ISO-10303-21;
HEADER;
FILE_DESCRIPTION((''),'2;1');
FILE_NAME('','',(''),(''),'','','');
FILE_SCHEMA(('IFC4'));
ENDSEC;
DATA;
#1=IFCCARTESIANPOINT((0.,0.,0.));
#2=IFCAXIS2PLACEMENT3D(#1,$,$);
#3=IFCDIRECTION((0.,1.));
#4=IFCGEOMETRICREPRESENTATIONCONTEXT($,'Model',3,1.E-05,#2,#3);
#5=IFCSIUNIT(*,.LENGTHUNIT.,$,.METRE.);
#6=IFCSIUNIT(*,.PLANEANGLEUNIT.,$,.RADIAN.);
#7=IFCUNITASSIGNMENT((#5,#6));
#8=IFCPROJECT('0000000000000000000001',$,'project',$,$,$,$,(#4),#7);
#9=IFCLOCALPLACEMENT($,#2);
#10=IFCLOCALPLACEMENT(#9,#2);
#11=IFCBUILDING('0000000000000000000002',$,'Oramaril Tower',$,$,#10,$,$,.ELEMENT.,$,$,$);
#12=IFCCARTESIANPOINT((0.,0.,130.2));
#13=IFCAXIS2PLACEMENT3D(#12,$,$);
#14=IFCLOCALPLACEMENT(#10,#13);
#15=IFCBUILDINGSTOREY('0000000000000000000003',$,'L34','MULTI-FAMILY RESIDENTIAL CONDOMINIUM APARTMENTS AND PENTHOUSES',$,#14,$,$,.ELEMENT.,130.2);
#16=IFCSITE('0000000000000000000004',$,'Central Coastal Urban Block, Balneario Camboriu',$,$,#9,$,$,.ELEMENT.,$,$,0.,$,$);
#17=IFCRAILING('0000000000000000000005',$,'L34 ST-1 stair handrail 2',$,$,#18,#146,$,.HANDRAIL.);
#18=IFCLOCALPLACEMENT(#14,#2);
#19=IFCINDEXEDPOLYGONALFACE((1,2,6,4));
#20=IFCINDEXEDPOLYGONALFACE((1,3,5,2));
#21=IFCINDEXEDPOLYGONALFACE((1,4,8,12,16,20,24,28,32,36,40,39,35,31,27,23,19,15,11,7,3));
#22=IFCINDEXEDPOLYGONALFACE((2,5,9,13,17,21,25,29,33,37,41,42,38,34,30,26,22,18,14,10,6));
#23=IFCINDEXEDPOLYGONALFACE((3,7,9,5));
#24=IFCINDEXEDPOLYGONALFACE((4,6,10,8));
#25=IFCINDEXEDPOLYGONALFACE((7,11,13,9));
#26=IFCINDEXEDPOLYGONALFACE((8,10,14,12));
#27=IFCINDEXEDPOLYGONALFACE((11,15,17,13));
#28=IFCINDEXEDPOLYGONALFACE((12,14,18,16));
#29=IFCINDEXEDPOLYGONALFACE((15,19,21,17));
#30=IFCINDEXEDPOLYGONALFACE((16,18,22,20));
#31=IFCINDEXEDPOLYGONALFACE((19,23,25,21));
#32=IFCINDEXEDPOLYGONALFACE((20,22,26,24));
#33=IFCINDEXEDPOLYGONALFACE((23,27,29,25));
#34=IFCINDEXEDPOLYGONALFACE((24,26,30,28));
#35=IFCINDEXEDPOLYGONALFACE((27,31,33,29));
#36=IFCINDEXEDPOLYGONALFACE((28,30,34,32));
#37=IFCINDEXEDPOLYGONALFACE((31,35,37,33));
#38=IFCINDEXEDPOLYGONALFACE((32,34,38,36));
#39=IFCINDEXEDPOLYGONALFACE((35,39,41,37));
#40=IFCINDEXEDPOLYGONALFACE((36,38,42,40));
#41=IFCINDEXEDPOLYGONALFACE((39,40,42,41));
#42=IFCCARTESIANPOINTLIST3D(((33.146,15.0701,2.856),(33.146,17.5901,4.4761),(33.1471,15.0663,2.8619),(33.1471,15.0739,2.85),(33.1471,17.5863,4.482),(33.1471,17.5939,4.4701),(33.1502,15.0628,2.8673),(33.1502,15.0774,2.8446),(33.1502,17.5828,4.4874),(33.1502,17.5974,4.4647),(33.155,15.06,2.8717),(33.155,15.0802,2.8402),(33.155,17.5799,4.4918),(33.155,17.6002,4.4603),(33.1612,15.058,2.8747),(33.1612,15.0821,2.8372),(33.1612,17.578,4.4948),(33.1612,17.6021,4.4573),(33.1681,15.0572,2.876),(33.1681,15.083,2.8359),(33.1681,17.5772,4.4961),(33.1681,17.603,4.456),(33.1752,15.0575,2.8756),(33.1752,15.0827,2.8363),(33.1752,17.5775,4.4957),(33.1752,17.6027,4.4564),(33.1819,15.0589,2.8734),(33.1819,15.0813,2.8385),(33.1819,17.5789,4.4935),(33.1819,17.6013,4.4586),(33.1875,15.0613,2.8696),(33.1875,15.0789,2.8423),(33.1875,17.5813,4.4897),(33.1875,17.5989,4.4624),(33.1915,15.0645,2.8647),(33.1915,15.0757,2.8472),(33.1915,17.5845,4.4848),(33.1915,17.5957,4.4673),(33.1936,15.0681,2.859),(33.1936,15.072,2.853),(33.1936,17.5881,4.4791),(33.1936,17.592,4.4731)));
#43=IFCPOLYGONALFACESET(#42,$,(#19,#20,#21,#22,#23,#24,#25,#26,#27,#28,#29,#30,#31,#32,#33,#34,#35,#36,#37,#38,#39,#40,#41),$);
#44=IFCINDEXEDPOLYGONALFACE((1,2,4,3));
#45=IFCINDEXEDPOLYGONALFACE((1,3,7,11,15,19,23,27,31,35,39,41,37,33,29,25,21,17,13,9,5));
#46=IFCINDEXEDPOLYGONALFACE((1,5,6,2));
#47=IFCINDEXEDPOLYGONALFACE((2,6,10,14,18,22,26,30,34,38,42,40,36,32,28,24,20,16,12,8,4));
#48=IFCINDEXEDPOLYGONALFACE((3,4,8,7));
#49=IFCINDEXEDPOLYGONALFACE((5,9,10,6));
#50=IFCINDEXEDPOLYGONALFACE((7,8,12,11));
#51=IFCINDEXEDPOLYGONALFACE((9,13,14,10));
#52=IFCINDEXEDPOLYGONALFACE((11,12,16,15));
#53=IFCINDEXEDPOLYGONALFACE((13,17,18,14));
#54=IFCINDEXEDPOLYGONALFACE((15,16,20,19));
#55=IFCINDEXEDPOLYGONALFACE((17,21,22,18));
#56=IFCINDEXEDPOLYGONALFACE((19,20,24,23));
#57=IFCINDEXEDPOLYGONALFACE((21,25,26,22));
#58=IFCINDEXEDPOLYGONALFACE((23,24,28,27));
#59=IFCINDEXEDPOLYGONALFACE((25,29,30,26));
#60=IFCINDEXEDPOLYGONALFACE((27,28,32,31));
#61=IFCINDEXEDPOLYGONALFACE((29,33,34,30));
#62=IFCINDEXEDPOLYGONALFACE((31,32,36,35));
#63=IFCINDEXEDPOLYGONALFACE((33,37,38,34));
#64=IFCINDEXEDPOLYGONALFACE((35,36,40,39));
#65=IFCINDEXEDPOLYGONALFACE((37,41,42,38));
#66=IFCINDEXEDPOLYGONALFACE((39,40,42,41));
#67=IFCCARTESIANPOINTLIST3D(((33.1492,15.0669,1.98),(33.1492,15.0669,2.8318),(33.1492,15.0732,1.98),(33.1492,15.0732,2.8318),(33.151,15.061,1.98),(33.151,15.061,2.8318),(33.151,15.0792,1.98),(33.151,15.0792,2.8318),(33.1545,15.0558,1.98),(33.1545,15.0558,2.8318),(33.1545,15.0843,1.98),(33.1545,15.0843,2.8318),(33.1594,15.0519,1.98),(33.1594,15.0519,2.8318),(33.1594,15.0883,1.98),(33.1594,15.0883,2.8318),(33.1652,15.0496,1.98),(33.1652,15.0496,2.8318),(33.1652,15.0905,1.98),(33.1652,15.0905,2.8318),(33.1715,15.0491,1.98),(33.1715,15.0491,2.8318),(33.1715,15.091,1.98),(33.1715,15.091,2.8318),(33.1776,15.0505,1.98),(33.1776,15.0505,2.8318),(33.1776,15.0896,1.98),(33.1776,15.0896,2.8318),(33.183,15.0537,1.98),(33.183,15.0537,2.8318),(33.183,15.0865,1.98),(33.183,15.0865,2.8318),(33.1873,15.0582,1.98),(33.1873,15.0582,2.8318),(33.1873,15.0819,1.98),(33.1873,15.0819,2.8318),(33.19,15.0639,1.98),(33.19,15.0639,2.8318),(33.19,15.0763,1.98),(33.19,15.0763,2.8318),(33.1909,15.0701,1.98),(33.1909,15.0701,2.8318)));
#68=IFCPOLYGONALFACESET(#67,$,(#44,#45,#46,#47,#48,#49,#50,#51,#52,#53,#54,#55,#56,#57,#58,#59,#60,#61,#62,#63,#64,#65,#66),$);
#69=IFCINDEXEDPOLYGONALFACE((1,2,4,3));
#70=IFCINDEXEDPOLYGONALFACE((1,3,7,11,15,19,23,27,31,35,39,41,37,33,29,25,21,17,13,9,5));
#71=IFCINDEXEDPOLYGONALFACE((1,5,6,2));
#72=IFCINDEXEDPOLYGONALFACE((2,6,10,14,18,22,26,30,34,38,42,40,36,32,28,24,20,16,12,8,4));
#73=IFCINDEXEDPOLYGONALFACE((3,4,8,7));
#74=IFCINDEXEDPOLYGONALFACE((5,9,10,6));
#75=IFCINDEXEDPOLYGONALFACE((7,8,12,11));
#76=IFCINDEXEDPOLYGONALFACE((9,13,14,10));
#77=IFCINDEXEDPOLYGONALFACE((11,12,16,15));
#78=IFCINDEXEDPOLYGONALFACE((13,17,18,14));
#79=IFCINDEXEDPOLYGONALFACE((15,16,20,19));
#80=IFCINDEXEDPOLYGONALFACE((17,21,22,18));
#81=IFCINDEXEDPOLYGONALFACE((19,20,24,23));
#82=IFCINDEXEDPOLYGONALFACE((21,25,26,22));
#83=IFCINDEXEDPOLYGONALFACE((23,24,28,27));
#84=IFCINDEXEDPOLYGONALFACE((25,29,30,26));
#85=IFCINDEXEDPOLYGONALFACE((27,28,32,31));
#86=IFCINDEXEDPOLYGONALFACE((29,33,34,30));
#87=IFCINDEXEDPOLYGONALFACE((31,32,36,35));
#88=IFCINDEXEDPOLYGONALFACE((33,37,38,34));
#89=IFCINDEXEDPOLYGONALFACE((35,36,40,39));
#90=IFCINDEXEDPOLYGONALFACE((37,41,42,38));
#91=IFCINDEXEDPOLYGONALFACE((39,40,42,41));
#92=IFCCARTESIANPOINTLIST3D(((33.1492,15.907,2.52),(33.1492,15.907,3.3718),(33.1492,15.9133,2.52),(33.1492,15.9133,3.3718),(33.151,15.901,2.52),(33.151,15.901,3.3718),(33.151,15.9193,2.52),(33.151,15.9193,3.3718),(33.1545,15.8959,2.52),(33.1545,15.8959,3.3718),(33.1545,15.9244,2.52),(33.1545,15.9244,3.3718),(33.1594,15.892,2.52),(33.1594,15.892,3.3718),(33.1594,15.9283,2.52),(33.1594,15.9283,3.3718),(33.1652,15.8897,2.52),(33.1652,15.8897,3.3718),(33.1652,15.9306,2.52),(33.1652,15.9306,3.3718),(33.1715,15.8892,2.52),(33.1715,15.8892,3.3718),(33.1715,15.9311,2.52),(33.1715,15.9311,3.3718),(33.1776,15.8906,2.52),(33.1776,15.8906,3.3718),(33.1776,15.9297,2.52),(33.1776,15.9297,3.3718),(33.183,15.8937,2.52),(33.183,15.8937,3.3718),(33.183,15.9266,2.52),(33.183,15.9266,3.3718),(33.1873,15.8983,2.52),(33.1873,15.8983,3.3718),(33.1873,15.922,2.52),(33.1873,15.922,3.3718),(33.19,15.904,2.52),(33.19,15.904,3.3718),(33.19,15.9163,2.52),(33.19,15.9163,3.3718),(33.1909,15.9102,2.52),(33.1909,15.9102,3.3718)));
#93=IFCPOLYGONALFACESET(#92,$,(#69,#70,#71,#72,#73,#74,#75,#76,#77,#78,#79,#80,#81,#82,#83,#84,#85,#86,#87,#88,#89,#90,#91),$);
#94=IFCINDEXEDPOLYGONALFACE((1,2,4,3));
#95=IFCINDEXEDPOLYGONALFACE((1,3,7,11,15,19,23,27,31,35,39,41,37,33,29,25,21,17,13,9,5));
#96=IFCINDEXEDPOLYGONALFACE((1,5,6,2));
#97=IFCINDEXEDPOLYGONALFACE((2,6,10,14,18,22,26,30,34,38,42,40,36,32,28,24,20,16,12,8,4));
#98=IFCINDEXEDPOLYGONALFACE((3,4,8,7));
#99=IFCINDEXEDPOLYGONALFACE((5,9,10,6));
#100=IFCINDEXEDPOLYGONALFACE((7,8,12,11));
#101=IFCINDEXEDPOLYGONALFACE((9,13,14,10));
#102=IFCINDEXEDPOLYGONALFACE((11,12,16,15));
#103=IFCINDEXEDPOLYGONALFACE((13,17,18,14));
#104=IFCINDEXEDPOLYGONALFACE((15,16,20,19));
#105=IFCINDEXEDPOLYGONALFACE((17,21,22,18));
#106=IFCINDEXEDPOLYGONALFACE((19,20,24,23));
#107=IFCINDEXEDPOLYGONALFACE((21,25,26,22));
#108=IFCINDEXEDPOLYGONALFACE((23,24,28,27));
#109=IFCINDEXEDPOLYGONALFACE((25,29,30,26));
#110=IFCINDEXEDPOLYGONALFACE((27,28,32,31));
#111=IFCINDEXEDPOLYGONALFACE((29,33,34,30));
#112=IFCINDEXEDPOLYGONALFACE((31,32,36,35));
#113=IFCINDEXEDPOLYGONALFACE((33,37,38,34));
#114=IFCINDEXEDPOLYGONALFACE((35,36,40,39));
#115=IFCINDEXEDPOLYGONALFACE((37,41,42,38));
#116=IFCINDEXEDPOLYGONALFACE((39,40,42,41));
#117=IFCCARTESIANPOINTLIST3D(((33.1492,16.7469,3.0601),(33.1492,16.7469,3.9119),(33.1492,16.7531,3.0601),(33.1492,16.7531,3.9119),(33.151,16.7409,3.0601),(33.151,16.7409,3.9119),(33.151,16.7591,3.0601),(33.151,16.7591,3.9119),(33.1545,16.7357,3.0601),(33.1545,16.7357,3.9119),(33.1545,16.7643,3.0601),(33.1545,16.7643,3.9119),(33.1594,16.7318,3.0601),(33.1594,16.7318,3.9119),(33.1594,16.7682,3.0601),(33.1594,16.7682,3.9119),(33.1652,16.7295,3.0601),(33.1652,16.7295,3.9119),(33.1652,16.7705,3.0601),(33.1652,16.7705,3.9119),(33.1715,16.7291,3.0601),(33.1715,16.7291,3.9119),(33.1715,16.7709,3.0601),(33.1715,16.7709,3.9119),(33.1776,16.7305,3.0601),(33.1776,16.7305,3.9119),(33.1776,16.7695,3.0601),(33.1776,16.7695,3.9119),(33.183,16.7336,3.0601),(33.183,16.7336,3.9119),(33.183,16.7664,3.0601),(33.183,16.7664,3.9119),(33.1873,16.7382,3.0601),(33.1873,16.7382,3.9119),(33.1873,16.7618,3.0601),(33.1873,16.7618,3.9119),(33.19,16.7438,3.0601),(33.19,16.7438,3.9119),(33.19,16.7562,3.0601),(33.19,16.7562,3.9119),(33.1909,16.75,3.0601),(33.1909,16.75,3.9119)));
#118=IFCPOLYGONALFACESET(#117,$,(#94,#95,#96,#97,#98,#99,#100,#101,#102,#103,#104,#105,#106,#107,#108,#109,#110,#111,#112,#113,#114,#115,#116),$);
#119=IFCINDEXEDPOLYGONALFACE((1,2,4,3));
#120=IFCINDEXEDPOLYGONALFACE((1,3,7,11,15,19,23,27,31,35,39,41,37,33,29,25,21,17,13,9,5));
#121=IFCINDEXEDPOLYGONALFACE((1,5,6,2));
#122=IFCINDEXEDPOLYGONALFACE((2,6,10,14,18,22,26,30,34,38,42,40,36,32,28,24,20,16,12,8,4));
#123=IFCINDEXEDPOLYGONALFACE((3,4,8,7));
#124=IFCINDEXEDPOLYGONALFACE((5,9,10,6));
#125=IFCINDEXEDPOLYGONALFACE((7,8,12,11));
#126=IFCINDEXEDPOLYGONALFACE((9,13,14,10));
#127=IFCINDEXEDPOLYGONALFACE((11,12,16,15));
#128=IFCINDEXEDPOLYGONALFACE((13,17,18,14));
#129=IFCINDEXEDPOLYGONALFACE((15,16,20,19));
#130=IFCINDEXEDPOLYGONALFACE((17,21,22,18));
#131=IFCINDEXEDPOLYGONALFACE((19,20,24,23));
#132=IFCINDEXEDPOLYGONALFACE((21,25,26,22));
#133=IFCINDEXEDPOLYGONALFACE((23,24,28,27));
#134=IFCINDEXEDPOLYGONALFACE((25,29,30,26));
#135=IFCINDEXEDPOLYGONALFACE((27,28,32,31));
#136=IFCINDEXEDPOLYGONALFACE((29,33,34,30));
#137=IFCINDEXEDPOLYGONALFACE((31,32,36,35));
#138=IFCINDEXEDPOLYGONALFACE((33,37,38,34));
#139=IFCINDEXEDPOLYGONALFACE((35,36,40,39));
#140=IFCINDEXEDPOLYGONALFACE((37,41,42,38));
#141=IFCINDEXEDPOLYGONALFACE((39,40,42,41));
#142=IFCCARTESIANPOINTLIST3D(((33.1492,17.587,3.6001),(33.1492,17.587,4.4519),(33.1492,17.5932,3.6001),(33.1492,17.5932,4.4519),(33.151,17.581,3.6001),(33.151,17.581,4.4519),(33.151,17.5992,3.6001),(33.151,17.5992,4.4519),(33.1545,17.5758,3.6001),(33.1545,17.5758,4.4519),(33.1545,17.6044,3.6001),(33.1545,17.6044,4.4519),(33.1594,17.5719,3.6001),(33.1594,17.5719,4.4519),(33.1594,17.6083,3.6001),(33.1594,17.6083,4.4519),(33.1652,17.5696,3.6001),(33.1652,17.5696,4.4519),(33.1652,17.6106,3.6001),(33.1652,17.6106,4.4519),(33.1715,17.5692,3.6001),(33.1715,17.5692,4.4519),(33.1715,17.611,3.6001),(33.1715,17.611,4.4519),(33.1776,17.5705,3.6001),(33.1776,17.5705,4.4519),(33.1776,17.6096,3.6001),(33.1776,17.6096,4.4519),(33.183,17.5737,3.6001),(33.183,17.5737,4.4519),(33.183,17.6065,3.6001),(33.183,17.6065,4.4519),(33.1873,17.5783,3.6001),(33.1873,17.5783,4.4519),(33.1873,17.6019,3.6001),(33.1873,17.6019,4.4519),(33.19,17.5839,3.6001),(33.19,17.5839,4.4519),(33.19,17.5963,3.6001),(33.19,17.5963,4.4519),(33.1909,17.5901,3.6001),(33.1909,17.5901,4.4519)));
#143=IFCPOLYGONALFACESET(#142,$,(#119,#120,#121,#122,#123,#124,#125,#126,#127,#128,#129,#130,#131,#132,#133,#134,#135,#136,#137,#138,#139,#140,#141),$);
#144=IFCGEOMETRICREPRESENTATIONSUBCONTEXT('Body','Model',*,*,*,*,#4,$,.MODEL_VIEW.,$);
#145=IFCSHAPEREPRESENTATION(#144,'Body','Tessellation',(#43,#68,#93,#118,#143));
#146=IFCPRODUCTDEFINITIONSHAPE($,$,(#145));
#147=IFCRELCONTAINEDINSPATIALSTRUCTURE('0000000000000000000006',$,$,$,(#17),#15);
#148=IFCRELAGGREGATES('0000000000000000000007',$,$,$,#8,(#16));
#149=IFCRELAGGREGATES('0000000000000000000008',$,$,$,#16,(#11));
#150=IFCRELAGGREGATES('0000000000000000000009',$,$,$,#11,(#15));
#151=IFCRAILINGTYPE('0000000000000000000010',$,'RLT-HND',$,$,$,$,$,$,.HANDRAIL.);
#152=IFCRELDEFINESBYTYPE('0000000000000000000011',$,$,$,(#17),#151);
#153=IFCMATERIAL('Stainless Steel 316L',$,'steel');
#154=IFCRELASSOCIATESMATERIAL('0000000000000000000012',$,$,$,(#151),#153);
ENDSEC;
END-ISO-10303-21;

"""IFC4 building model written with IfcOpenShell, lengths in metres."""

from ifc_helpers import new_model, si_unit, direction, frame, origin, origin_2d, place, context, subcontext, project, spatial, circle, extrude, material, type_object, element, save


model = new_model("IFC4")

# Units and contexts
model_context = context("Model", 3, precision=1e-05, world=origin(), true_north=direction((0.0, 1.0)))
body_context = subcontext(model_context, "Body", "Model", "MODEL_VIEW")
ifc_project = project(units=[si_unit("LENGTHUNIT", "METRE"), si_unit("PLANEANGLEUNIT", "RADIAN")], contexts=[model_context])

# Site, building, storey
site_placement = place(None, origin())
site = spatial("IfcSite", under=ifc_project, at=site_placement, Name="Central Coastal Urban Block, Balneario Camboriu", CompositionType="ELEMENT", RefElevation=0.0)
building_placement = place(site_placement, origin())
building = spatial("IfcBuilding", under=site, at=building_placement, Name="Oramaril Tower", CompositionType="ELEMENT")
storey_placement = place(building_placement, frame((0.0, 0.0, 130.2)))
storey = spatial("IfcBuildingStorey", under=building, at=storey_placement, Name="L34", Description="MULTI-FAMILY RESIDENTIAL CONDOMINIUM APARTMENTS AND PENTHOUSES", CompositionType="ELEMENT", Elevation=130.2)

# Railing
ifc_material_1 = material(Name="Stainless Steel 316L", Category="steel")
railing_type_1 = type_object("IfcRailingType", Name="RLT-HND", PredefinedType="HANDRAIL", material=ifc_material_1)
for number, where, name in (
    (1, (33.1699, 15.0701, 1.98), "L34 ST-1 stair handrail 2"),
):
    element("IfcRailing", number, at=place(storey_placement, frame(where)), inside=storey, type_object=railing_type_1, Name=name, PredefinedType="HANDRAIL", context=body_context, shape_type="SweptSolid", body=[
        extrude(circle(Radius=0.0239, at=origin_2d()), frame((0.0, 0.0, 0.876), z_axis=(0.0, 0.841163, 0.540782), x_axis=(-1.0, 0.0, 0.0)), (0.0, 0.0, 1.0), 2.9958),
        extrude(circle(Radius=0.021, at=origin_2d()), origin(), (0.0, 0.0, 1.0), 0.8518),
        extrude(circle(Radius=0.021, at=origin_2d()), frame((0.0, 0.8401, 0.54)), (0.0, 0.0, 1.0), 0.8518),
        extrude(circle(Radius=0.021, at=origin_2d()), frame((0.0, 1.6799, 1.0801)), (0.0, 0.0, 1.0), 0.8518),
        extrude(circle(Radius=0.021, at=origin_2d()), frame((0.0, 2.52, 1.6201)), (0.0, 0.0, 1.0), 0.8518),
    ])

save(model, "model.ifc")
